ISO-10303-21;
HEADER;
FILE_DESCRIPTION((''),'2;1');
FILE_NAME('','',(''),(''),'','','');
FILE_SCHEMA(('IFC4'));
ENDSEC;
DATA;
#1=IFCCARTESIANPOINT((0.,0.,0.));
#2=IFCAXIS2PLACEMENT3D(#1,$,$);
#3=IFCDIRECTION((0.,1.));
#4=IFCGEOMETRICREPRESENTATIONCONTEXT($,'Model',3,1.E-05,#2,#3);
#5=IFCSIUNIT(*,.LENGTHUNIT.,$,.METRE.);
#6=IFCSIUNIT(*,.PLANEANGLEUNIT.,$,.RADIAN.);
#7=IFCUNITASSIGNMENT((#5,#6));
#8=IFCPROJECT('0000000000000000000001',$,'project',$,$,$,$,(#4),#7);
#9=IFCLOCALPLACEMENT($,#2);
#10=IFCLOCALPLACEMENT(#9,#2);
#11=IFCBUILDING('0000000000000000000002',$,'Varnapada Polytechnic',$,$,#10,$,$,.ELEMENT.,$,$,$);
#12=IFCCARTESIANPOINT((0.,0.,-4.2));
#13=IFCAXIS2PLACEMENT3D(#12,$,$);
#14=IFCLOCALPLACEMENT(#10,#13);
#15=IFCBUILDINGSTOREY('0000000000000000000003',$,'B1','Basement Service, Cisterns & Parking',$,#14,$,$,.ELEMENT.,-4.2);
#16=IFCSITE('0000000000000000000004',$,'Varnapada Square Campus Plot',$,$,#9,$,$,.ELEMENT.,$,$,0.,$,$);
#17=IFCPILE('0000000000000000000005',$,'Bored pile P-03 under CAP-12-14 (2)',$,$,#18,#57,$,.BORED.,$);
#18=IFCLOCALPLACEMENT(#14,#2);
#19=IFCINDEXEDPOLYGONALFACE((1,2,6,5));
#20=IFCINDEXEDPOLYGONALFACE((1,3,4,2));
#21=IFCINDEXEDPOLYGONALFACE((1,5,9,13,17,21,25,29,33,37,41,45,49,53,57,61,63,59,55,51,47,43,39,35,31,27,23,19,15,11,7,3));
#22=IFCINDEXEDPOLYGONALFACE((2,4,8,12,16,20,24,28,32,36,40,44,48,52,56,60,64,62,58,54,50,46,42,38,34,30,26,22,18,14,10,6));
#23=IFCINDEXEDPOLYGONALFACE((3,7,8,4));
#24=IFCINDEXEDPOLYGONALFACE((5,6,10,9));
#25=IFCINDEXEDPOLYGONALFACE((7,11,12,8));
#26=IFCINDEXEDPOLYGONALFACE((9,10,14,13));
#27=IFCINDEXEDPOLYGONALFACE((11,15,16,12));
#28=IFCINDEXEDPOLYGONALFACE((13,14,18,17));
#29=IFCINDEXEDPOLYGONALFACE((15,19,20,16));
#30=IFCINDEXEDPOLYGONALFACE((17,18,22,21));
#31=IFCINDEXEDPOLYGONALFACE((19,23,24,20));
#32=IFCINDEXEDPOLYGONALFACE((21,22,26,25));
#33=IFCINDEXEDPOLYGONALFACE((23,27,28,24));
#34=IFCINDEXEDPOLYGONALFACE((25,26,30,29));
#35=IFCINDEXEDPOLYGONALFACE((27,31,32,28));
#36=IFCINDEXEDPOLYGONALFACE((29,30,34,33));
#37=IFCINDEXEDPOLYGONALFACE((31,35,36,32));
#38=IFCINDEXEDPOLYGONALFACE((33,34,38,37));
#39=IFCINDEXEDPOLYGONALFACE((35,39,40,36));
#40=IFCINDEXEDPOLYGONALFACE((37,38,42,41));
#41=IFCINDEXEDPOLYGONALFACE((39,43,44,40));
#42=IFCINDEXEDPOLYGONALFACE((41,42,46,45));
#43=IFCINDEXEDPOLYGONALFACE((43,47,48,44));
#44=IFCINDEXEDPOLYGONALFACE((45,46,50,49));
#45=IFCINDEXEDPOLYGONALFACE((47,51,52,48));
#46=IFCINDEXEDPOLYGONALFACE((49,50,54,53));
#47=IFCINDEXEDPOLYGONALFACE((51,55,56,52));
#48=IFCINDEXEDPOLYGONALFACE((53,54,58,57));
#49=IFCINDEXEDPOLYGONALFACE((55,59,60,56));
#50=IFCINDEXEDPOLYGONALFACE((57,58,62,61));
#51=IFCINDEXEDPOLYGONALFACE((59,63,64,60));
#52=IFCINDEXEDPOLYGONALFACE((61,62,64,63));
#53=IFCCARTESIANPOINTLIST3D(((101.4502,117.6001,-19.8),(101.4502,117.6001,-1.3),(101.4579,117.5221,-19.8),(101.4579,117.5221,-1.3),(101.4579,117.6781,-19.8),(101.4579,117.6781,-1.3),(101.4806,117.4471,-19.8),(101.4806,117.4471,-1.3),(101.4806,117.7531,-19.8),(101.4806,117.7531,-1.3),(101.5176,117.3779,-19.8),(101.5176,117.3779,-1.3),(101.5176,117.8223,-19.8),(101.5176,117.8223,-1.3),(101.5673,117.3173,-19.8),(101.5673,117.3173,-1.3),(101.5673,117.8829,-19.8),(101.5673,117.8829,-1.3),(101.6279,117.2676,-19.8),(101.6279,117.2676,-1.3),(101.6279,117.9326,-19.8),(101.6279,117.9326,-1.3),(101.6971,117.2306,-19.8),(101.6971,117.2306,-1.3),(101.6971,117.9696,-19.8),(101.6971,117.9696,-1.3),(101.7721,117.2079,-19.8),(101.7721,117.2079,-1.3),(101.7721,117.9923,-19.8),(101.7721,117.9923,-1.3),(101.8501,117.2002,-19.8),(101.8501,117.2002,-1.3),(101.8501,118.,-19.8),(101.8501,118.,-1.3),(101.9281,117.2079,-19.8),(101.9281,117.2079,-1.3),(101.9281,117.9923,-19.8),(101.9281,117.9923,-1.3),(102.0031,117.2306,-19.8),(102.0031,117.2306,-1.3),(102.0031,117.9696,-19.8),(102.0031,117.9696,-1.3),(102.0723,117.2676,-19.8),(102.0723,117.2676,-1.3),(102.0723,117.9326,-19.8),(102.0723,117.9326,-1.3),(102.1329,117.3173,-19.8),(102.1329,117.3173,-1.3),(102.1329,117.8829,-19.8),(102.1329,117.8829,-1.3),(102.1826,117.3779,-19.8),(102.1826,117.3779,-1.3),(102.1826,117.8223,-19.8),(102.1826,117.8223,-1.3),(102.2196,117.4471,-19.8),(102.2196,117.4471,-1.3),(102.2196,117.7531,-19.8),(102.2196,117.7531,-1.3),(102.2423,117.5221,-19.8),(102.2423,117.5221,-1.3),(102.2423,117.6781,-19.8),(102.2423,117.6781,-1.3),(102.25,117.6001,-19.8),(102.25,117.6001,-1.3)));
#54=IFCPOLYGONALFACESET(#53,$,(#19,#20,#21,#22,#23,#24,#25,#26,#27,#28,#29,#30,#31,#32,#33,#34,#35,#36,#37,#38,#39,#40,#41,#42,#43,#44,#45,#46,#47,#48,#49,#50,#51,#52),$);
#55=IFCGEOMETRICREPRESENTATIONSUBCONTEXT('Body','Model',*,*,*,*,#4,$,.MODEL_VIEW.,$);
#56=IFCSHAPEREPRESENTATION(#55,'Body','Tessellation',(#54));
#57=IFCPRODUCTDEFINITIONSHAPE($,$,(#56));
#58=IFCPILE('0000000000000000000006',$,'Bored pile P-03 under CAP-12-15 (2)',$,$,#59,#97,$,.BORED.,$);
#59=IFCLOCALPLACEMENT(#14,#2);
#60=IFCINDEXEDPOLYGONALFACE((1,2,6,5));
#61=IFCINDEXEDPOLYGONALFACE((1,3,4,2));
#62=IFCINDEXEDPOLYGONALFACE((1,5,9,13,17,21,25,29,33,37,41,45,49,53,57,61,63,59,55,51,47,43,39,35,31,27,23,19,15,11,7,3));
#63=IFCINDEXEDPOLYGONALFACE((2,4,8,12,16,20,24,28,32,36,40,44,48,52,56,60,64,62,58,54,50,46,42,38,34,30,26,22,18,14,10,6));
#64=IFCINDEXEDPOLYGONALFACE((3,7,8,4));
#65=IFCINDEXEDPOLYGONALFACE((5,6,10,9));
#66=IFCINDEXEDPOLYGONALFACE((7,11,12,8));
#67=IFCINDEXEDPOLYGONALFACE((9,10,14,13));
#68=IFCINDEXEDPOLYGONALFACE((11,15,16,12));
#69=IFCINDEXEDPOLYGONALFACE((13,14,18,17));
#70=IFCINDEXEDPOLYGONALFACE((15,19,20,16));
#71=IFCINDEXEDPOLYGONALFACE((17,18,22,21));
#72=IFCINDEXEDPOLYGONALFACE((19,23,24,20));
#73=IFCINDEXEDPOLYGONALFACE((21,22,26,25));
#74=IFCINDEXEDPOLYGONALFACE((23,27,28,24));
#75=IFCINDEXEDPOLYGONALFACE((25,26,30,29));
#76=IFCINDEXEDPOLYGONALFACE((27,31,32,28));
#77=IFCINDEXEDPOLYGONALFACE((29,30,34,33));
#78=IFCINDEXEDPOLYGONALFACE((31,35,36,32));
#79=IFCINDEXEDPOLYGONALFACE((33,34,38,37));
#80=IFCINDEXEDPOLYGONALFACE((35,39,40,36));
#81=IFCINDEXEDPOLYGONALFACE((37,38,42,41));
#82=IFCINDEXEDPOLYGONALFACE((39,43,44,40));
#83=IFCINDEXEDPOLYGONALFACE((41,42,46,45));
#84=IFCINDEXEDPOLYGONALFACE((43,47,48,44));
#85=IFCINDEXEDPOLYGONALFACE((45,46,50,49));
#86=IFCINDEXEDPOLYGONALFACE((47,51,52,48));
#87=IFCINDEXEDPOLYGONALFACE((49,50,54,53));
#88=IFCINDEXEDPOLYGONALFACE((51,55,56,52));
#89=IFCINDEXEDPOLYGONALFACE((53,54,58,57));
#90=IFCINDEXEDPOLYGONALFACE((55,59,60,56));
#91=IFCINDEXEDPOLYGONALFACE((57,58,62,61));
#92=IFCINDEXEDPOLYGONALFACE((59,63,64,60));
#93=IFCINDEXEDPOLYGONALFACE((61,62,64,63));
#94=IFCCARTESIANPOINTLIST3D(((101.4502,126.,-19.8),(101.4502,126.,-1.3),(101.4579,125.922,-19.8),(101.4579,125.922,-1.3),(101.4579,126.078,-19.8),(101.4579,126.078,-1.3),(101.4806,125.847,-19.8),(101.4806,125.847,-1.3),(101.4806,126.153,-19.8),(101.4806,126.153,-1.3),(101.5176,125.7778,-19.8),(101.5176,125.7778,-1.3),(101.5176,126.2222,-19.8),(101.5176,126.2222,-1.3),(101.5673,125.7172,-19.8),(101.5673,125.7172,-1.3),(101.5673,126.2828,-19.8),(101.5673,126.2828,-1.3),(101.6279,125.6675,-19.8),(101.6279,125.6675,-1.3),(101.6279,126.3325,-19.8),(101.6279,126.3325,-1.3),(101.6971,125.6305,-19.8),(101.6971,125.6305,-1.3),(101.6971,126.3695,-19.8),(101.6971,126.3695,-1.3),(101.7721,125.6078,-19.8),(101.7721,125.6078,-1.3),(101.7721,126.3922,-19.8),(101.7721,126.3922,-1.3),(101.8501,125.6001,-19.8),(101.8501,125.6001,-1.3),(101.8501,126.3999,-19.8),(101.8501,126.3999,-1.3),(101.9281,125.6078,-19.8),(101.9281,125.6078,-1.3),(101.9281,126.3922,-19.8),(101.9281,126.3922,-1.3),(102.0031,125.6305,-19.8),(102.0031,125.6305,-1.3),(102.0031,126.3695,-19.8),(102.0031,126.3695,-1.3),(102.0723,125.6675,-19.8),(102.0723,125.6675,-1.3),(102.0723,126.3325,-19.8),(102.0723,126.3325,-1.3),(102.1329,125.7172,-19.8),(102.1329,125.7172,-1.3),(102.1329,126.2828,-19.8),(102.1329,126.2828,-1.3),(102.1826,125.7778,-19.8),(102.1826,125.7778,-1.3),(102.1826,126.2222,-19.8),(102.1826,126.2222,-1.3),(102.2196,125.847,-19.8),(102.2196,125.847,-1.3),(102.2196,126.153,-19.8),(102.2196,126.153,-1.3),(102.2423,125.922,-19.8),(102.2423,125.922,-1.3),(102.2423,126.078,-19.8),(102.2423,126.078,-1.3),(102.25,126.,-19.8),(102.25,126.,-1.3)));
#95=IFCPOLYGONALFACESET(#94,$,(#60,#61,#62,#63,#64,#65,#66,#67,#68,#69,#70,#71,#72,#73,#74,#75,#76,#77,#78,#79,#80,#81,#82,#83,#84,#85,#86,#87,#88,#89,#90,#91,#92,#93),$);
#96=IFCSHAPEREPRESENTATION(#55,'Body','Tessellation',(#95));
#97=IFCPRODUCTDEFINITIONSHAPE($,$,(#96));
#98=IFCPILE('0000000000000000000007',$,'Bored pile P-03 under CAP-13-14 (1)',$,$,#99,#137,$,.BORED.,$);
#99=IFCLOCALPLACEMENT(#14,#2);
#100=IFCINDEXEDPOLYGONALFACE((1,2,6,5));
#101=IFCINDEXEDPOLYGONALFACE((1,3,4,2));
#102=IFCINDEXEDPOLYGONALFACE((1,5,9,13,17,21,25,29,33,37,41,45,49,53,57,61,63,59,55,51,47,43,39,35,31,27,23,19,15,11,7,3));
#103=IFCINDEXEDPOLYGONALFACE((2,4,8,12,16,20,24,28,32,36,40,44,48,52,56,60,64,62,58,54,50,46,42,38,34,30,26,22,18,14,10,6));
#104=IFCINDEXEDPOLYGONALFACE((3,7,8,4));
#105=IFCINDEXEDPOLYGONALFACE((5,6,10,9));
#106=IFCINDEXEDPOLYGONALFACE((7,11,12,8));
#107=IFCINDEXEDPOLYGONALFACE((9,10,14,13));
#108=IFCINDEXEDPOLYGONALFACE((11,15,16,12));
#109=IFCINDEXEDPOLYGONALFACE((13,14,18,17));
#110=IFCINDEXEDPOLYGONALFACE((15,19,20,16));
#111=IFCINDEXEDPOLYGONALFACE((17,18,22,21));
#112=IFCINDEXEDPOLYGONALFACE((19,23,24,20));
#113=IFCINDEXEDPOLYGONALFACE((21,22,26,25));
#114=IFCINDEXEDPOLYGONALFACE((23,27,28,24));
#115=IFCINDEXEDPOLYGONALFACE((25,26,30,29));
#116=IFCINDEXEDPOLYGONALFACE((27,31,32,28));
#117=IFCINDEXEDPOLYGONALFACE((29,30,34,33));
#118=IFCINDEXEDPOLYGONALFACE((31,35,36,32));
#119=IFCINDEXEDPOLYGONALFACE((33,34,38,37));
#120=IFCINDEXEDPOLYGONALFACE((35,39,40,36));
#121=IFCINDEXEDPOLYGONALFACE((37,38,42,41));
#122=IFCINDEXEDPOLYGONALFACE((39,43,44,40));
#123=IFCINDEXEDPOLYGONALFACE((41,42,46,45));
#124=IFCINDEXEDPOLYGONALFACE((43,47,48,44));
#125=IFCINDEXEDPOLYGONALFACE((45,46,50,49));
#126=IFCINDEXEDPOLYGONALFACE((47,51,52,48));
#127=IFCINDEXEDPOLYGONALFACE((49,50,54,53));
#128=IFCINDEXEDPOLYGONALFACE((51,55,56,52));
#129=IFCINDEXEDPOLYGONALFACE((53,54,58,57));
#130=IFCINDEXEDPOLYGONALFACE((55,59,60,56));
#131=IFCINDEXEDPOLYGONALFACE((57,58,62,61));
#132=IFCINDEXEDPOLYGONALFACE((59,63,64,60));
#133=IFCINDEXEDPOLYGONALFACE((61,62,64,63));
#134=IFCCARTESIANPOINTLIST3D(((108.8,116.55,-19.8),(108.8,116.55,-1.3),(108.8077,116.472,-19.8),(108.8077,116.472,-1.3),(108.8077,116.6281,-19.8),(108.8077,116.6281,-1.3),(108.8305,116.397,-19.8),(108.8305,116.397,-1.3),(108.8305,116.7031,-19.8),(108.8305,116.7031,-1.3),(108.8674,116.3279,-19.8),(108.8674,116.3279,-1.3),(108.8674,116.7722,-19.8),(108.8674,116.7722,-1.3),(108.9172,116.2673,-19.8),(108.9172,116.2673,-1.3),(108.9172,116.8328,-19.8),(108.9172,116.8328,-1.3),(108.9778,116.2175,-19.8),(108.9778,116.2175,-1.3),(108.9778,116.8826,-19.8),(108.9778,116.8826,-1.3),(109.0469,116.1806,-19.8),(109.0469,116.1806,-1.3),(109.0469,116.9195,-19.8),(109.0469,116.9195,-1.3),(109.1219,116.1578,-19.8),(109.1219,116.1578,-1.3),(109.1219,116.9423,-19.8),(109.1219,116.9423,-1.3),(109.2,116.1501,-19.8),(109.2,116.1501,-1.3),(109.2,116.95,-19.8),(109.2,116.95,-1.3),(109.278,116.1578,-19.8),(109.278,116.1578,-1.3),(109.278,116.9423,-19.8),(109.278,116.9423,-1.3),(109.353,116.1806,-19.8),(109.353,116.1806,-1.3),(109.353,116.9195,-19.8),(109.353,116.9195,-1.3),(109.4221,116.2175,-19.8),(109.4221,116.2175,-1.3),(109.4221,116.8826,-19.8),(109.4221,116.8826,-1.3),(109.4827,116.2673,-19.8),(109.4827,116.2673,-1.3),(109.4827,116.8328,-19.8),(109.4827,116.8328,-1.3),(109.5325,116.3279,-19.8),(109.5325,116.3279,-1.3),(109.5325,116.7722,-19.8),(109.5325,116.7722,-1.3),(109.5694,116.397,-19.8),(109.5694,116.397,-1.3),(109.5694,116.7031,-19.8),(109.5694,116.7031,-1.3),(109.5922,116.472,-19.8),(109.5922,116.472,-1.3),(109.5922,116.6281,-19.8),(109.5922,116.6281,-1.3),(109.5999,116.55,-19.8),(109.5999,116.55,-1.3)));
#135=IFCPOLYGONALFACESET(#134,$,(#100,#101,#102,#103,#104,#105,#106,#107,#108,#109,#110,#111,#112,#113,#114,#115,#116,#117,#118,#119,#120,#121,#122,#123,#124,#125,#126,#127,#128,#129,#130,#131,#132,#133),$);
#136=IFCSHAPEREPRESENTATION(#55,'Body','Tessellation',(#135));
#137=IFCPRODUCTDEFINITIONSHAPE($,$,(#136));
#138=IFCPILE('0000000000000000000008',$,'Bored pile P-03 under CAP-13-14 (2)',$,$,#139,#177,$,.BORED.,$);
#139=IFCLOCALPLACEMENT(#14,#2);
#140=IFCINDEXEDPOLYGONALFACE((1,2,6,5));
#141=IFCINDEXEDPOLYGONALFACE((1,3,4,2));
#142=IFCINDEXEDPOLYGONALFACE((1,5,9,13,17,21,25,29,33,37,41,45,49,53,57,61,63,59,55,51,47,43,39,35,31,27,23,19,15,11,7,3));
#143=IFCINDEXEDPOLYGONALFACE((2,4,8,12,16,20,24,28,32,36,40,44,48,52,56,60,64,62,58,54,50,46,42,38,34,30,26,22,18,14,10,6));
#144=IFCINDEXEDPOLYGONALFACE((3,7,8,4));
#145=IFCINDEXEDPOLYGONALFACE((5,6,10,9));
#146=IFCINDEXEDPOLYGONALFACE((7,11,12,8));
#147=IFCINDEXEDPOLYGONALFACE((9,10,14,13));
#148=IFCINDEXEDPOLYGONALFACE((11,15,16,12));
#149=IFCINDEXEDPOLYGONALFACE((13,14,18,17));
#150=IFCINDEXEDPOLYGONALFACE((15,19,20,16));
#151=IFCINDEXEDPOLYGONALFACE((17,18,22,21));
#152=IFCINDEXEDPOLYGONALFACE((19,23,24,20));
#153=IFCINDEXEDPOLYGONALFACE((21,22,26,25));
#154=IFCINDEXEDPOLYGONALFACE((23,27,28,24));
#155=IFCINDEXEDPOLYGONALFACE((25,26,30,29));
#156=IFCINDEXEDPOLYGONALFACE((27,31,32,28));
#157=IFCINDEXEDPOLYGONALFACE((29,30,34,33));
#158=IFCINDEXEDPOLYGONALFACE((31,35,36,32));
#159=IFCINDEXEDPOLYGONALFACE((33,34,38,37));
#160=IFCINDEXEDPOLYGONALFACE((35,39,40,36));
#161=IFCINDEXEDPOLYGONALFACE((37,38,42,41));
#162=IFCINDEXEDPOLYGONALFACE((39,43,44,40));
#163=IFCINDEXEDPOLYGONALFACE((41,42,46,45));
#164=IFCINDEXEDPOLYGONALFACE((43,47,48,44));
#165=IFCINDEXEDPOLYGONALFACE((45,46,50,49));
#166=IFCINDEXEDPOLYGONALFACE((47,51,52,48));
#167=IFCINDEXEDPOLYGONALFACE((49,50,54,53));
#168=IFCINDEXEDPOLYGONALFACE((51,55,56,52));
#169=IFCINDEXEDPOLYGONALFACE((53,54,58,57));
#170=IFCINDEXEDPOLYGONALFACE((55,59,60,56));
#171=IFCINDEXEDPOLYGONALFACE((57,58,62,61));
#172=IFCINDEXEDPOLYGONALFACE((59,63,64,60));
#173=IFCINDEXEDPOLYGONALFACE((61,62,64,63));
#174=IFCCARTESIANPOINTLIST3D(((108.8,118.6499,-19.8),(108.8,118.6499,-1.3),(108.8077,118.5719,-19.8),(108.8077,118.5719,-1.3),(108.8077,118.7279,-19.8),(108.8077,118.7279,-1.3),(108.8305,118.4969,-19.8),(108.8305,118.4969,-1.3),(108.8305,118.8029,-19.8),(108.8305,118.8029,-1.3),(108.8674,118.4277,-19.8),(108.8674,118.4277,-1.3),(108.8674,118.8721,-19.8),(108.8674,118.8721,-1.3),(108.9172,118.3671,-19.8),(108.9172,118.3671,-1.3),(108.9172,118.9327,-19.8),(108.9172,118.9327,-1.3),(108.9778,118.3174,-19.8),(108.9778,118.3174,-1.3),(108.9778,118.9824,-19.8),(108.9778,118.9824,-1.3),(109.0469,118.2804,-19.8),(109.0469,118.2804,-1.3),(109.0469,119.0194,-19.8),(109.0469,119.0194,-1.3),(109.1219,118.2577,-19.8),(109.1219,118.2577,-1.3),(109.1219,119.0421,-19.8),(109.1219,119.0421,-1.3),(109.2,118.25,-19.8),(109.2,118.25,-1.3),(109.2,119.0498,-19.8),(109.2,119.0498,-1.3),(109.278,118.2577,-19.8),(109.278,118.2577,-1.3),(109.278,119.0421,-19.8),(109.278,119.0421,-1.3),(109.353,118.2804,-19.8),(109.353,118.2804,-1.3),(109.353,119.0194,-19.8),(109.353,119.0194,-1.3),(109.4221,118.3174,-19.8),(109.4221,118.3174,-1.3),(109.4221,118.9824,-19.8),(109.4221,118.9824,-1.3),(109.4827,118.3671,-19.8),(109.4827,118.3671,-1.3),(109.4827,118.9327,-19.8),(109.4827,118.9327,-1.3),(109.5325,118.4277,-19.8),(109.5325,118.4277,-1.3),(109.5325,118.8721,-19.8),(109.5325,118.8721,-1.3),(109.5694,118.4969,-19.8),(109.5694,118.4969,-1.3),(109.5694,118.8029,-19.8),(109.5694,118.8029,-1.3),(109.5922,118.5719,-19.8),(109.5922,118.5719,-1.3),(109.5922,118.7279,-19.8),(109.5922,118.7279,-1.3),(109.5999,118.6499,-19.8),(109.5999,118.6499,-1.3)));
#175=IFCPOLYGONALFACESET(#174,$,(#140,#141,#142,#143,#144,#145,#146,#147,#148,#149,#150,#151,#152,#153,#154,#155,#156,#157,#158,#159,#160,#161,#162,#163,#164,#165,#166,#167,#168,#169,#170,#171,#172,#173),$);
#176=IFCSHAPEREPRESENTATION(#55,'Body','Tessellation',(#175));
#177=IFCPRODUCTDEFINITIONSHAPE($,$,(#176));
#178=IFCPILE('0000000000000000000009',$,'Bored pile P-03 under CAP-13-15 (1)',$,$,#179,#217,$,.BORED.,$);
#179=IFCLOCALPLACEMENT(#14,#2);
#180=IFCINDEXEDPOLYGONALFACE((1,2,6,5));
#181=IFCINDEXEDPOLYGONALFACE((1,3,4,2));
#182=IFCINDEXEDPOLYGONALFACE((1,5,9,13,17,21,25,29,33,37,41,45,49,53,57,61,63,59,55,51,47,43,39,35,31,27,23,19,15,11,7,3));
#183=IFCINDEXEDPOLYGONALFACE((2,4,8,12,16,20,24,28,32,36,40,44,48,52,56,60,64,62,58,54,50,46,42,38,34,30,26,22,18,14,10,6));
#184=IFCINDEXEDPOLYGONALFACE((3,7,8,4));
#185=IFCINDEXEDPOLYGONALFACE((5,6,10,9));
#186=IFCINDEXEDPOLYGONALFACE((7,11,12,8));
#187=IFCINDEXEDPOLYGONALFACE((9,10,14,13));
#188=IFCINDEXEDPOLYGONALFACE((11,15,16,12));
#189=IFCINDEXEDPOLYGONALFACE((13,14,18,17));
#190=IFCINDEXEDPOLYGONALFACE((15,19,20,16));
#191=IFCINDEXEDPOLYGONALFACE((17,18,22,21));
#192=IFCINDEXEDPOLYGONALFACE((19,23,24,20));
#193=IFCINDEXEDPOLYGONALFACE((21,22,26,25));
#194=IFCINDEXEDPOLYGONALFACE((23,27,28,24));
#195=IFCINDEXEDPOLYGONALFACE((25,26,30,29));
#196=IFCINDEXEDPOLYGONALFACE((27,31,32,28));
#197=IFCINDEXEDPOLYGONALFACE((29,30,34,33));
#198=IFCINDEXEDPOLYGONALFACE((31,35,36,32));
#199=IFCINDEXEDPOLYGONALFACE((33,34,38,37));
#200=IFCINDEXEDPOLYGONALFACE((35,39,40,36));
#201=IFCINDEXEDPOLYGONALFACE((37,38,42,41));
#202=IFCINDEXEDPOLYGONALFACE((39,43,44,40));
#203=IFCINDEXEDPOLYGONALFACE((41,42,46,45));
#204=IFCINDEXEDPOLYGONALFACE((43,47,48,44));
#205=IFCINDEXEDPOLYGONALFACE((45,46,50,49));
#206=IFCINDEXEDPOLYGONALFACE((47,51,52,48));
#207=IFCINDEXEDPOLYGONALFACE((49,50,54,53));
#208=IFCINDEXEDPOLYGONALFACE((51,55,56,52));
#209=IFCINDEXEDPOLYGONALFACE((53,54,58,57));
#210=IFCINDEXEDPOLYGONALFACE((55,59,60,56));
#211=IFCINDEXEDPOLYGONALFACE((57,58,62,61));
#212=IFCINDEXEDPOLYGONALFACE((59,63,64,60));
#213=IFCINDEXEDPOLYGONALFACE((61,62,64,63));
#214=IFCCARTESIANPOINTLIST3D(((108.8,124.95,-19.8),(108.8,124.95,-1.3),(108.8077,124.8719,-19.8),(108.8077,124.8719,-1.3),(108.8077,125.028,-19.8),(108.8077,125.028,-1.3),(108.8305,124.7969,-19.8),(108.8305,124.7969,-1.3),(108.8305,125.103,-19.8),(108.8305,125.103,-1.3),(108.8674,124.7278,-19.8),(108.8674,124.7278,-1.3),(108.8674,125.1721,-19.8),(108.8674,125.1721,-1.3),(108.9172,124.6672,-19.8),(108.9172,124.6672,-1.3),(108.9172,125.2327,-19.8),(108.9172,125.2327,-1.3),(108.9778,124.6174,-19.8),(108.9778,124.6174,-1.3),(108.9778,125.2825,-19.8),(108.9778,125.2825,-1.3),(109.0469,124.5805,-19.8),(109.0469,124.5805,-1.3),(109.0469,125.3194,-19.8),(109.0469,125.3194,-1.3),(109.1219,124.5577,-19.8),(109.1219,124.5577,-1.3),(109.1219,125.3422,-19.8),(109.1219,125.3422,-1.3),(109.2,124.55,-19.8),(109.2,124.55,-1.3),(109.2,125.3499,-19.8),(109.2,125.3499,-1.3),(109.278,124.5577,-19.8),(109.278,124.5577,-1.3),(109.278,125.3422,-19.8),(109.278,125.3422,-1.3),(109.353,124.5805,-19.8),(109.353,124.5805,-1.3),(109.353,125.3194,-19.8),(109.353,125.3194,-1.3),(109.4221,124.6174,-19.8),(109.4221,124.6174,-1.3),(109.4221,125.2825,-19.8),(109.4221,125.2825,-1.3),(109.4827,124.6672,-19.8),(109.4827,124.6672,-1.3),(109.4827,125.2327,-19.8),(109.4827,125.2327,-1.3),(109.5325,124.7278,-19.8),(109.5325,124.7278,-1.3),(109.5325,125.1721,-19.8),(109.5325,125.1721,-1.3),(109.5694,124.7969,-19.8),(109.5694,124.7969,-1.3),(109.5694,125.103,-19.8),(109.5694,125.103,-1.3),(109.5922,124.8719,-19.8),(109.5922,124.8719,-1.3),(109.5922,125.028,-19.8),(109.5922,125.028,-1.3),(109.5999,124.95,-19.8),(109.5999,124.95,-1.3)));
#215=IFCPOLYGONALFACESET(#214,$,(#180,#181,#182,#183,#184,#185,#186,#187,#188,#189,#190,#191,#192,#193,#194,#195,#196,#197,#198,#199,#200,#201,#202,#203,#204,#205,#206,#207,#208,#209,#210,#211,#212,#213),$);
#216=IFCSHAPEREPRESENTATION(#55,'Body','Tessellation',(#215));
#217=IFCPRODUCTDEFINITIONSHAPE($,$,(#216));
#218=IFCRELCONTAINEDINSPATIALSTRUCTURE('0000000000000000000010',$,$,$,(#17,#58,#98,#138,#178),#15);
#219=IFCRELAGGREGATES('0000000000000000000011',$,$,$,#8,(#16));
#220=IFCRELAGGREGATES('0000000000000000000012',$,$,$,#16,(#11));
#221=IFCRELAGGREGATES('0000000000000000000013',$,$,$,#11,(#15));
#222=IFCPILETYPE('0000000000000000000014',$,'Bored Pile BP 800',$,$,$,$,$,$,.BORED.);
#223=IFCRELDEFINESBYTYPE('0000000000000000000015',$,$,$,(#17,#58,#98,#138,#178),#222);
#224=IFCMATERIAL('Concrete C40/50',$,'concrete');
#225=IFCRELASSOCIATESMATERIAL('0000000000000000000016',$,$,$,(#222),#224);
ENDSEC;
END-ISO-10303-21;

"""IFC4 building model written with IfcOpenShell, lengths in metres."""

from ifc_helpers import new_model, si_unit, direction, frame, origin, origin_2d, place, context, subcontext, project, spatial, circle, extrude, material, material_profile, profile_set, type_object, element, save


model = new_model("IFC4")

# Units and contexts
model_context = context("Model", 3, precision=1e-05, world=origin(), true_north=direction((0.0, 1.0)))
body_context = subcontext(model_context, "Body", "Model", "MODEL_VIEW")
ifc_project = project(units=[si_unit("LENGTHUNIT", "METRE"), si_unit("PLANEANGLEUNIT", "RADIAN")], contexts=[model_context])

# Site, building, storey
site_placement = place(None, origin())
site = spatial("IfcSite", under=ifc_project, at=site_placement, Name="Varnapada Square Campus Plot", CompositionType="ELEMENT", RefElevation=0.0)
building_placement = place(site_placement, origin())
building = spatial("IfcBuilding", under=site, at=building_placement, Name="Varnapada Polytechnic", CompositionType="ELEMENT")
storey_placement = place(building_placement, frame((0.0, 0.0, -4.2)))
storey = spatial("IfcBuildingStorey", under=building, at=storey_placement, Name="B1", Description="Basement Service, Cisterns & Parking", CompositionType="ELEMENT", Elevation=-4.2)

# Piles
ifc_material_1 = material(Name="Concrete C40/50", Category="concrete")
ifc_material_profile_1 = material_profile(ifc_material_1, circle(Radius=0.3999, at=origin_2d()), Name="BP 800")
ifc_profile_set_1 = profile_set([ifc_material_profile_1], Name="Concrete C40/50")
pile_type = type_object("IfcPileType", Name="Bored Pile BP 800", PredefinedType="BORED", material=ifc_profile_set_1)
for number, where, z_axis, x_axis, name in (
    (1, (101.8501, 117.6001, -1.3), (0.0, 0.0, -1.0), (1.0, 0.0, 0.0), "Bored pile P-03 under CAP-12-14 (2)"),
    (2, (101.8501, 126.0, -1.3), (0.0, 0.0, -1.0), (1.0, 0.0, 0.0), "Bored pile P-03 under CAP-12-15 (2)"),
    (3, (109.2, 116.55, -1.3), (0.0, 0.0, -1.0), (1.0, 0.0, 0.0), "Bored pile P-03 under CAP-13-14 (1)"),
    (4, (109.2, 118.6499, -1.3), (0.0, 0.0, -1.0), (1.0, 0.0, 0.0), "Bored pile P-03 under CAP-13-14 (2)"),
    (5, (109.2, 124.95, -1.3), (0.0, 0.0, -1.0), (1.0, 0.0, 0.0), "Bored pile P-03 under CAP-13-15 (1)"),
):
    element("IfcPile", number, at=place(storey_placement, frame(where, z_axis=z_axis, x_axis=x_axis)), inside=storey, type_object=pile_type, Name=name, PredefinedType="BORED", context=body_context, shape_type="SweptSolid", body=[
        extrude(circle(Radius=0.3999, at=origin_2d()), origin(), (0.0, 0.0, 1.0), 18.5),
    ])

save(model, "model.ifc")
